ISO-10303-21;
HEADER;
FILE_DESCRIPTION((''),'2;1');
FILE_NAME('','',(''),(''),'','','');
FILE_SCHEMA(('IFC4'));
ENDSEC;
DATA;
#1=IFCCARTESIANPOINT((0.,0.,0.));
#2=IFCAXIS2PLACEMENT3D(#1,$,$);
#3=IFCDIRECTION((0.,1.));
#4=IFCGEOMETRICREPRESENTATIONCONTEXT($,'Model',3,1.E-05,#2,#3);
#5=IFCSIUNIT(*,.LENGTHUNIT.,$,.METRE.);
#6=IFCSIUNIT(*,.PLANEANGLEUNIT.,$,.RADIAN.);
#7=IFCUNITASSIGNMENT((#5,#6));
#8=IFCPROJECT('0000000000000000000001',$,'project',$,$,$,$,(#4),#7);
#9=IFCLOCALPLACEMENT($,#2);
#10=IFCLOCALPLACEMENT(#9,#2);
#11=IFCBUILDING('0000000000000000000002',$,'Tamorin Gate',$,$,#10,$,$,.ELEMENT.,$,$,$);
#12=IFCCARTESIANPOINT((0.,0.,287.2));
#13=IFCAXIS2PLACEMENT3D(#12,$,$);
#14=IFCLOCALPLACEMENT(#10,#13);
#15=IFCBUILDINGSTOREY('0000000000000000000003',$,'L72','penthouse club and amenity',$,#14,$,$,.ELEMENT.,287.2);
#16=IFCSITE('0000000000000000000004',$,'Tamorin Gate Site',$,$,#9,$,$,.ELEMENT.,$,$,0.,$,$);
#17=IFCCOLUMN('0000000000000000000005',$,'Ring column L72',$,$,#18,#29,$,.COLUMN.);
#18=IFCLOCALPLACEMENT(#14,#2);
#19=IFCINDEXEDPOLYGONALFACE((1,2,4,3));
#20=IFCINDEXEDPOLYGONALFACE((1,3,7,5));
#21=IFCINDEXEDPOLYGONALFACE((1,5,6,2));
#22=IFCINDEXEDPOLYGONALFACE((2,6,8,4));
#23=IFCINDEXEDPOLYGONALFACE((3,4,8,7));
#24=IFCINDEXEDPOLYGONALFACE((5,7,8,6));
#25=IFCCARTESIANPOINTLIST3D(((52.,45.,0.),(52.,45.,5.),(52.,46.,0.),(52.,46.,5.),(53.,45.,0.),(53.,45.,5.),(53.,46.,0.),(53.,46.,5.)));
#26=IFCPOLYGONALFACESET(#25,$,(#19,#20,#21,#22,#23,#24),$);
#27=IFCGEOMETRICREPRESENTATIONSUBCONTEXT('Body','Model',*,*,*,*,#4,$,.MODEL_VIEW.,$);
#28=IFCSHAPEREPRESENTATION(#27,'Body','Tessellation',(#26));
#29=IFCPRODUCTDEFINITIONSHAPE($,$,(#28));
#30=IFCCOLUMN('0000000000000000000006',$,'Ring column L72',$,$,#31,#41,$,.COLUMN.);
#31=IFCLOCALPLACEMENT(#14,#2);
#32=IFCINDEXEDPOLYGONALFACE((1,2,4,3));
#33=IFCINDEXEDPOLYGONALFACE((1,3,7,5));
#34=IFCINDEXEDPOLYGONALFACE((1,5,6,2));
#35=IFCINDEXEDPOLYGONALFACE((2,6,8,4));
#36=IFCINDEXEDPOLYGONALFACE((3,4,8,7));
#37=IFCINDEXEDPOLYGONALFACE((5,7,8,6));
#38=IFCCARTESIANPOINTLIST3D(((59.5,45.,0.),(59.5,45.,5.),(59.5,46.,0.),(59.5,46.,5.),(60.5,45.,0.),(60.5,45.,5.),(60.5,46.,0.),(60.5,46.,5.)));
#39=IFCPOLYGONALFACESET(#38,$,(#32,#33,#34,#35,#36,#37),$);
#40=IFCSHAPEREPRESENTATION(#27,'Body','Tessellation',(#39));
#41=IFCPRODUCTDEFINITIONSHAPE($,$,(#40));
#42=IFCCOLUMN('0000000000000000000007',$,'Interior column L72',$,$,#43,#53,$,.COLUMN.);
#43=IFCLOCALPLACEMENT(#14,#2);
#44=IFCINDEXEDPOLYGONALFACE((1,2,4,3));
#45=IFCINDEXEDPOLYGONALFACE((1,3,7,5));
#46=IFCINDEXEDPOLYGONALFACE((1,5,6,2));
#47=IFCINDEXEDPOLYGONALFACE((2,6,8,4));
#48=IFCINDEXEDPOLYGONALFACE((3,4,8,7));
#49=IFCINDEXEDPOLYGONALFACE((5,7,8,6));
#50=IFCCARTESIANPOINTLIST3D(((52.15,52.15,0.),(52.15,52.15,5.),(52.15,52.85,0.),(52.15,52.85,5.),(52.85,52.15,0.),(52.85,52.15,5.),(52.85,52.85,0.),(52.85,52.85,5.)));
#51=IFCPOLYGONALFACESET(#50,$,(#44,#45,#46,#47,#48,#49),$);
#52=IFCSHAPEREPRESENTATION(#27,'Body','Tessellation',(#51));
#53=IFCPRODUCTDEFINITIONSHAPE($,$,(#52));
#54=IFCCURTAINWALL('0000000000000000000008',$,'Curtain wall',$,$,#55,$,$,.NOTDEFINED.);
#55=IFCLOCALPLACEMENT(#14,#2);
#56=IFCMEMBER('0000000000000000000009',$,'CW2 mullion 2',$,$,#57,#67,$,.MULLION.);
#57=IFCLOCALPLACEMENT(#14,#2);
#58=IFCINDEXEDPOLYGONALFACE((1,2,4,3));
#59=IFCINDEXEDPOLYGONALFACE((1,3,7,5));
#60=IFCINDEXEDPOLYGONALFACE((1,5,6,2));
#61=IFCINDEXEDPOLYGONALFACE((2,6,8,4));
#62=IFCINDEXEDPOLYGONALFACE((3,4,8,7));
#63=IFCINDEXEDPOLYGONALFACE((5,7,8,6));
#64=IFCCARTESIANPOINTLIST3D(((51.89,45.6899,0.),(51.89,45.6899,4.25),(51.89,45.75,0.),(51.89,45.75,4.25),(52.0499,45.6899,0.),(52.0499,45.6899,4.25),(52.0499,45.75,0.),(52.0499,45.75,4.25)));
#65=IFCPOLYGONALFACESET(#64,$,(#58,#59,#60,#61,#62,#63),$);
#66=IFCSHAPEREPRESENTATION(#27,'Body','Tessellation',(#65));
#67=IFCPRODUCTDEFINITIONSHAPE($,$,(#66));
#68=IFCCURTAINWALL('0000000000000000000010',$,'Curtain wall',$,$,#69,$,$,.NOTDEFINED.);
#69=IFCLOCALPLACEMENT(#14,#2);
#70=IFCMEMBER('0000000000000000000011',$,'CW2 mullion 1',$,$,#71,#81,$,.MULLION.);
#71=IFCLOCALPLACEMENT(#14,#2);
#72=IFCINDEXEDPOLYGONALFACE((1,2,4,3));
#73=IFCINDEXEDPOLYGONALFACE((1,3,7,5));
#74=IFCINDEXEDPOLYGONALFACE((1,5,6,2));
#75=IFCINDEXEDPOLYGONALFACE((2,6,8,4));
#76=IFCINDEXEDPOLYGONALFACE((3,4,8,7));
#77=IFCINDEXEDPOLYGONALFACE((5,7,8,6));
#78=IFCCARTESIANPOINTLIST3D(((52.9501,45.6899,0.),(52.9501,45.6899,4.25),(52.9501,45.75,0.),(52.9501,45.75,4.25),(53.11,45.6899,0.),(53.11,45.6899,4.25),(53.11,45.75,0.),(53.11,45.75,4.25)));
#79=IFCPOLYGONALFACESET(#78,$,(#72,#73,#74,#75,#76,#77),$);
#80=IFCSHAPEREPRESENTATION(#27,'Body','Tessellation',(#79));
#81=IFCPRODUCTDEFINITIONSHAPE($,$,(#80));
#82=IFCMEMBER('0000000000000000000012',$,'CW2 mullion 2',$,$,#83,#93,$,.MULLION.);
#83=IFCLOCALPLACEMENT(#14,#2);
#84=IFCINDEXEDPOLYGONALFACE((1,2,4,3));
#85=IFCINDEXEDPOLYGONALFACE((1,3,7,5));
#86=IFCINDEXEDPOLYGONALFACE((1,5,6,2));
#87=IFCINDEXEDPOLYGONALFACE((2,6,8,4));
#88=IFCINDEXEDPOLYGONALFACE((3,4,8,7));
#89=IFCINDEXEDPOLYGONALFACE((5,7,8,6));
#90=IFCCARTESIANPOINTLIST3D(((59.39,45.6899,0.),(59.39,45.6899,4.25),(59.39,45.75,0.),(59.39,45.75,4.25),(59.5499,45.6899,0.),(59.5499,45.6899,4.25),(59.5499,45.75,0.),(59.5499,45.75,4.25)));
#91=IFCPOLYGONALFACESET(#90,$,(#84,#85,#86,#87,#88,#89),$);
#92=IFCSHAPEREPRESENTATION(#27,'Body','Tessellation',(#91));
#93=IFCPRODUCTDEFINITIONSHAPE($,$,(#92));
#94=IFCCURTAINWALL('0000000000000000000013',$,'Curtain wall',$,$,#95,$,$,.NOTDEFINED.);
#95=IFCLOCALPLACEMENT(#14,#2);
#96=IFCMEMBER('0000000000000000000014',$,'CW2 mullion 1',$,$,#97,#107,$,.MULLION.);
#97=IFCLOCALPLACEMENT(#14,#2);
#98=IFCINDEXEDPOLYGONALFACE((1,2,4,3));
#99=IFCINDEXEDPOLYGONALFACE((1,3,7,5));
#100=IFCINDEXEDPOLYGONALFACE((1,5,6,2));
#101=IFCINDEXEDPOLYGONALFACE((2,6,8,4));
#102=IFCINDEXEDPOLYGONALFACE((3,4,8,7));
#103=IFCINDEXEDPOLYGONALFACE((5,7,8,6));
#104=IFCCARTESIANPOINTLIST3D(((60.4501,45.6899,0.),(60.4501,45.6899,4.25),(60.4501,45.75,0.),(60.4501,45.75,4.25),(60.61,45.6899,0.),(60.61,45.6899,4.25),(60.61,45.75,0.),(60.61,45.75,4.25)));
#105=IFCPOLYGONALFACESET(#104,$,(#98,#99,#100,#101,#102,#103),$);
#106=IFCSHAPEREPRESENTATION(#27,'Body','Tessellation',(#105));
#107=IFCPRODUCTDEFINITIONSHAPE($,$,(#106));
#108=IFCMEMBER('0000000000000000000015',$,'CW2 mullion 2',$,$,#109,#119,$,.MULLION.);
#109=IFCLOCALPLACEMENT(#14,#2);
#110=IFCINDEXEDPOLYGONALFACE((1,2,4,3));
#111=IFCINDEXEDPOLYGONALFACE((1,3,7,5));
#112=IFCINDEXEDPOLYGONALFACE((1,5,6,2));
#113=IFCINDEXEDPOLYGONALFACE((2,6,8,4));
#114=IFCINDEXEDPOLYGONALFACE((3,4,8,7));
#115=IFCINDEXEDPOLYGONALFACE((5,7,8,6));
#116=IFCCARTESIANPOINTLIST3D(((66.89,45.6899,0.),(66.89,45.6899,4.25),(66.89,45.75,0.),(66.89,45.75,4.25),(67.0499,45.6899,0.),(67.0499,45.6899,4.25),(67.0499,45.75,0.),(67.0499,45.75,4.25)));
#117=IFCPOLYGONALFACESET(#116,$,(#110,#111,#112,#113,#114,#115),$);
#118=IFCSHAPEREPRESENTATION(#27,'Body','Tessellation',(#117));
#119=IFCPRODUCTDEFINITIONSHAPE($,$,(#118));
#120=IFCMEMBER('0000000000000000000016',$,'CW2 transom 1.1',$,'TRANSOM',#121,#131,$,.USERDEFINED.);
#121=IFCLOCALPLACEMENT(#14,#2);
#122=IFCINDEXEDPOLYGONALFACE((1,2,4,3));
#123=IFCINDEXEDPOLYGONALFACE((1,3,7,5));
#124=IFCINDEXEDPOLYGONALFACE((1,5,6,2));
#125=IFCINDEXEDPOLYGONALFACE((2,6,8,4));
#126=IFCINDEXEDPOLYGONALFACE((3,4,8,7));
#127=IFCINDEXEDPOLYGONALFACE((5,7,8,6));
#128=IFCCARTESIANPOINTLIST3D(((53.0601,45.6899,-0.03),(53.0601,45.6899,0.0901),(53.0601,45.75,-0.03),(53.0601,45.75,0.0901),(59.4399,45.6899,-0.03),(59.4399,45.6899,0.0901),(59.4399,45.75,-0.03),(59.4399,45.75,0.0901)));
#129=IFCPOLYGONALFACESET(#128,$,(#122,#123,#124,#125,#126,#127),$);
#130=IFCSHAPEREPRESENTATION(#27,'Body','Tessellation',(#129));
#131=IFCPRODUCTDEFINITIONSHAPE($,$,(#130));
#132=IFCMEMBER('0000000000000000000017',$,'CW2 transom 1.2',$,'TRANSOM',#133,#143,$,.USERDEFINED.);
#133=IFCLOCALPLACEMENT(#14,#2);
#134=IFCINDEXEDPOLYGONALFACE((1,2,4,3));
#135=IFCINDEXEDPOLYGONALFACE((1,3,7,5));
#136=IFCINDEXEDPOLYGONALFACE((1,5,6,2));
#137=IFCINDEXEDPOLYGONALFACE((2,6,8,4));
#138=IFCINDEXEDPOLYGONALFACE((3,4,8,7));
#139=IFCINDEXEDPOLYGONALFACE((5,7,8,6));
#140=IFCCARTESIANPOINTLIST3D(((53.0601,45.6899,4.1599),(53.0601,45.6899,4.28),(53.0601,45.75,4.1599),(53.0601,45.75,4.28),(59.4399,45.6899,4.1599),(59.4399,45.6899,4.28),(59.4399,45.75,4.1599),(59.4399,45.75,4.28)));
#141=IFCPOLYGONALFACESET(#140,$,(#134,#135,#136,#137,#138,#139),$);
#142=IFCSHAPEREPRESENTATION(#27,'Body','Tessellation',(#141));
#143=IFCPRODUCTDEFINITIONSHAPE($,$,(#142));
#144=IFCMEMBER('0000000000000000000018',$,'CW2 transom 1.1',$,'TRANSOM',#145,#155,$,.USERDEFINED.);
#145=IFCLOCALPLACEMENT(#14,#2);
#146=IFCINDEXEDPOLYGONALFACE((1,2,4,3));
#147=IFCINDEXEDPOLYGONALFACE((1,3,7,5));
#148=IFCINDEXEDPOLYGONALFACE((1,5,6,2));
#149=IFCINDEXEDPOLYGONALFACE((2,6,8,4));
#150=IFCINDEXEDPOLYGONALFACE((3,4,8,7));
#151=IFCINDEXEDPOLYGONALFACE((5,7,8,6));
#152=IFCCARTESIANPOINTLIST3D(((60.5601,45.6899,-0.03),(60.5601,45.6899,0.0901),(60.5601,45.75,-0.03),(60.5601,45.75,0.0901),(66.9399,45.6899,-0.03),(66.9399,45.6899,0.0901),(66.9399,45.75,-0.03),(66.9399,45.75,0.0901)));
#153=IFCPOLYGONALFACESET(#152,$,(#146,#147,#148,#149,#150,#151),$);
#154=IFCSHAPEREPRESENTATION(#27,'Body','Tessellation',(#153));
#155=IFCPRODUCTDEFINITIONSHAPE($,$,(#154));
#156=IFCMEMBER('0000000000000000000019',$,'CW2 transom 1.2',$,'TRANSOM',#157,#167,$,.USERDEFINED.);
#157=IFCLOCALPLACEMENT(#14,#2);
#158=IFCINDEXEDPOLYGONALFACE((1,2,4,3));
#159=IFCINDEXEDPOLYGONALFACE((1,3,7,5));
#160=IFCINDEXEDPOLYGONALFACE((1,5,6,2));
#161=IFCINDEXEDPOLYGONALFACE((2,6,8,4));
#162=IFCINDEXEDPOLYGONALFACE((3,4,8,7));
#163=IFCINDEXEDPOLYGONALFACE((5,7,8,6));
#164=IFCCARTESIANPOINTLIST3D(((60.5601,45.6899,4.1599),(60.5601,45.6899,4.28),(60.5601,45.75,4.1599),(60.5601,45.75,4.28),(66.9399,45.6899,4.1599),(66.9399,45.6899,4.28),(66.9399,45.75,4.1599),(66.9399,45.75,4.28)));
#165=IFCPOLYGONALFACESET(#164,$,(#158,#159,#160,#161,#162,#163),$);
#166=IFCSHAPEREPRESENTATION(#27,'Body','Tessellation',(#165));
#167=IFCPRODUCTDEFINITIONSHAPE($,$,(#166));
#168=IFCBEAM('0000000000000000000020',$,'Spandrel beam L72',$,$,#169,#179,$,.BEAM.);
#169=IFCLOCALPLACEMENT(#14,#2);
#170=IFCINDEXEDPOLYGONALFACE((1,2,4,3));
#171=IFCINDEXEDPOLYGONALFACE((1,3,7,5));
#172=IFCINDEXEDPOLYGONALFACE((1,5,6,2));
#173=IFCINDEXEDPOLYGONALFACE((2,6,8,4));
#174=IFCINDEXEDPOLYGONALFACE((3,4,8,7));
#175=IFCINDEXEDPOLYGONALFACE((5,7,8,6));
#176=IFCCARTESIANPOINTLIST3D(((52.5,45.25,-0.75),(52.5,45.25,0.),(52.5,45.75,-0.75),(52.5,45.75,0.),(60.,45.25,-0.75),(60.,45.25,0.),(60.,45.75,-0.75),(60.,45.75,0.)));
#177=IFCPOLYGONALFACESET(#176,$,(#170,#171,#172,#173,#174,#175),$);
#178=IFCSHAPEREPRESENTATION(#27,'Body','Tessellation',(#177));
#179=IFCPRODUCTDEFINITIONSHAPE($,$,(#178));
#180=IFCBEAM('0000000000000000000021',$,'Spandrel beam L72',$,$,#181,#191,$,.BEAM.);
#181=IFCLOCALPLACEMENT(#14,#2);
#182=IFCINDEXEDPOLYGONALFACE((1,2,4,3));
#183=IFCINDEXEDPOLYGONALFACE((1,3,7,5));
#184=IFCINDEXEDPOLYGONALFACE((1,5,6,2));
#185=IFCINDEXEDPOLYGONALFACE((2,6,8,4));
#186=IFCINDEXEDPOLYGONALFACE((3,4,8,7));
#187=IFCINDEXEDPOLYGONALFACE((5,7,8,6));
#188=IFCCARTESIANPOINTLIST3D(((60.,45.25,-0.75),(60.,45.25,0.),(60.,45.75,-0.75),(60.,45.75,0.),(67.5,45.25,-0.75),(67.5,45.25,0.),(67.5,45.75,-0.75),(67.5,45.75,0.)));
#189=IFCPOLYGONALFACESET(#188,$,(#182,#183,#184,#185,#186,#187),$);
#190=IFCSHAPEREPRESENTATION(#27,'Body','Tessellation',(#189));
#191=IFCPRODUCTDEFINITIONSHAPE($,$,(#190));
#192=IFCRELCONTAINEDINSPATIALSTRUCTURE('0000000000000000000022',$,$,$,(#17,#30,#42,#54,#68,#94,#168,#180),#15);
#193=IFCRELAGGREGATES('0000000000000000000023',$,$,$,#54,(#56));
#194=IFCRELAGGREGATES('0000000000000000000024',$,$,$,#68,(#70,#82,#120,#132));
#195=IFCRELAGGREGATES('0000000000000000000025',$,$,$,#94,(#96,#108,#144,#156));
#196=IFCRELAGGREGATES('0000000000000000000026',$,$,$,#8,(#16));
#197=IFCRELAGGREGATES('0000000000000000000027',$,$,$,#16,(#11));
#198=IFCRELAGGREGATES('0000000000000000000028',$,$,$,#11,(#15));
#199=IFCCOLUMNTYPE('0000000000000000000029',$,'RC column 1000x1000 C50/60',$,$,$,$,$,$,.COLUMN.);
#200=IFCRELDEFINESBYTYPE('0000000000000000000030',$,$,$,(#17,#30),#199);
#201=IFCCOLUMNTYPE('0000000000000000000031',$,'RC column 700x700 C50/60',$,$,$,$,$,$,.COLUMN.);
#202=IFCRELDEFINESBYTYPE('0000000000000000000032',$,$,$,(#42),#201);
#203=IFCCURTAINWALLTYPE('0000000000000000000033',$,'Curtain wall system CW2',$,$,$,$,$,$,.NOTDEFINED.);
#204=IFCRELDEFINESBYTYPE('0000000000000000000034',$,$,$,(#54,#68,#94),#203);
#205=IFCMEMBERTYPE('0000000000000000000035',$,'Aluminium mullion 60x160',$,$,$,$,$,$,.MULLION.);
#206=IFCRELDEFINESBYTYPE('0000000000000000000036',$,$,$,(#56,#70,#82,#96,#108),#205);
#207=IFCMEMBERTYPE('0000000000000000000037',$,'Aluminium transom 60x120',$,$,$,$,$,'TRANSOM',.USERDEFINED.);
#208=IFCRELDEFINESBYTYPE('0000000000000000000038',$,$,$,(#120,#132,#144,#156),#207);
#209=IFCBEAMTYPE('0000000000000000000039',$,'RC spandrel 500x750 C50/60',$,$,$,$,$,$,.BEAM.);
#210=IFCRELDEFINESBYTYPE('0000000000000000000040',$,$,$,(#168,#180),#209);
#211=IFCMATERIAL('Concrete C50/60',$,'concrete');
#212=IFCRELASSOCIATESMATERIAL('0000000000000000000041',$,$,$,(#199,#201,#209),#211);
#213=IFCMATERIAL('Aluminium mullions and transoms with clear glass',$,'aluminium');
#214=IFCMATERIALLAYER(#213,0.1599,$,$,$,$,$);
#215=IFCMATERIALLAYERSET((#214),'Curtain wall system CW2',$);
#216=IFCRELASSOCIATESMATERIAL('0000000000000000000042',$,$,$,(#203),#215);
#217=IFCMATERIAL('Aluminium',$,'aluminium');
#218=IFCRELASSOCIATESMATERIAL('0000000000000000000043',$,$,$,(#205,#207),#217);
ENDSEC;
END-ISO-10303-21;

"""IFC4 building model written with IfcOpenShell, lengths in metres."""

from ifc_helpers import new_model, si_unit, direction, frame, origin, origin_2d, place, context, subcontext, project, spatial, rectangle, extrude, material, layer, layer_set, material_profile, profile_set, type_object, element, aggregate, save


model = new_model("IFC4")

# Units and contexts
model_context = context("Model", 3, precision=1e-05, world=origin(), true_north=direction((0.0, 1.0)))
body_context = subcontext(model_context, "Body", "Model", "MODEL_VIEW")
ifc_project = project(units=[si_unit("LENGTHUNIT", "METRE"), si_unit("PLANEANGLEUNIT", "RADIAN")], contexts=[model_context])

# Site, building, storey
site_placement = place(None, origin())
site = spatial("IfcSite", under=ifc_project, at=site_placement, Name="Tamorin Gate Site", CompositionType="ELEMENT", RefElevation=0.0)
building_placement = place(site_placement, origin())
building = spatial("IfcBuilding", under=site, at=building_placement, Name="Tamorin Gate", CompositionType="ELEMENT")
storey_placement = place(building_placement, frame((0.0, 0.0, 287.2)))
storey = spatial("IfcBuildingStorey", under=building, at=storey_placement, Name="L72", Description="penthouse club and amenity", CompositionType="ELEMENT", Elevation=287.2)

# Columns
ifc_material_1 = material(Name="Concrete C50/60", Category="concrete")
ifc_material_profile_1 = material_profile(ifc_material_1, rectangle(XDim=1.0, YDim=1.0, at=origin_2d()), Name="RC 1000x1000")
ifc_profile_set_1 = profile_set([ifc_material_profile_1], Name="Concrete C50/60")
column_type_1 = type_object("IfcColumnType", Name="RC column 1000x1000 C50/60", PredefinedType="COLUMN", material=ifc_profile_set_1)
for number, where, z_axis, x_axis, name in (
    (1, (52.5, 45.5, 0.0), (0.0, 0.0, 1.0), (1.0, 0.0, 0.0), "Ring column L72"),
    (2, (60.0, 45.5, 0.0), (0.0, 0.0, 1.0), (1.0, 0.0, 0.0), "Ring column L72"),
):
    element("IfcColumn", number, at=place(storey_placement, frame(where, z_axis=z_axis, x_axis=x_axis)), inside=storey, type_object=column_type_1, Name=name, PredefinedType="COLUMN", context=body_context, shape_type="SweptSolid", body=[
        extrude(rectangle(XDim=1.0, YDim=1.0, at=origin_2d()), origin(), (0.0, 0.0, 1.0), 5.0),
    ])
ifc_material_profile_2 = material_profile(ifc_material_1, rectangle(XDim=0.7, YDim=0.7, at=origin_2d()), Name="RC 700x700")
ifc_profile_set_2 = profile_set([ifc_material_profile_2], Name="Concrete C50/60")
column_type_2 = type_object("IfcColumnType", Name="RC column 700x700 C50/60", PredefinedType="COLUMN", material=ifc_profile_set_2)
column_placement = place(storey_placement, frame((52.5, 52.5, 0.0), z_axis=(0.0, 0.0, 1.0), x_axis=(1.0, 0.0, 0.0)))
element("IfcColumn", 3, at=column_placement, inside=storey, type_object=column_type_2, Name="Interior column L72", PredefinedType="COLUMN", context=body_context, shape_type="SweptSolid", body=[
    extrude(rectangle(XDim=0.7, YDim=0.7, at=origin_2d()), origin(), (0.0, 0.0, 1.0), 5.0),
])

# Curtain wall, member
ifc_material_2 = material(Name="Aluminium mullions and transoms with clear glass", Category="aluminium")
ifc_layer_1 = layer(ifc_material_2, 0.1599)
ifc_layer_set_1 = layer_set([ifc_layer_1], Name="Curtain wall system CW2")
curtain_wall_type = type_object("IfcCurtainWallType", Name="Curtain wall system CW2", PredefinedType="NOTDEFINED", material=ifc_layer_set_1)
curtain_wall_1_placement = place(storey_placement, origin())
curtain_wall_1 = element("IfcCurtainWall", 4, at=curtain_wall_1_placement, inside=storey, type_object=curtain_wall_type, Name="Curtain wall", PredefinedType="NOTDEFINED")
ifc_material_3 = material(Name="Aluminium", Category="aluminium")
ifc_material_profile_3 = material_profile(ifc_material_3, rectangle(XDim=0.0601, YDim=0.1599, at=origin_2d()), Name="RECT 60x160")
ifc_profile_set_3 = profile_set([ifc_material_profile_3], Name="Aluminium")
member_type_1 = type_object("IfcMemberType", Name="Aluminium mullion 60x160", PredefinedType="MULLION", material=ifc_profile_set_3)
member_1_placement = place(storey_placement, frame((51.97, 45.72, 0.0), z_axis=(0.0, 0.0, 1.0), x_axis=(0.0, 1.0, 0.0)))
member_1 = element("IfcMember", 5, at=member_1_placement, type_object=member_type_1, Name="CW2 mullion 2", PredefinedType="MULLION", context=body_context, shape_type="SweptSolid", body=[
    extrude(rectangle(XDim=0.0601, YDim=0.1599, at=origin_2d()), origin(), (0.0, 0.0, 1.0), 4.25),
])
aggregate(curtain_wall_1, [member_1])

# Curtain walls, members
curtain_wall_2_placement = place(storey_placement, origin())
curtain_wall_2 = element("IfcCurtainWall", 6, at=curtain_wall_2_placement, inside=storey, type_object=curtain_wall_type, Name="Curtain wall", PredefinedType="NOTDEFINED")
member_2_placement = place(storey_placement, frame((53.03, 45.72, 0.0), z_axis=(0.0, 0.0, 1.0), x_axis=(0.0, 1.0, 0.0)))
member_2 = element("IfcMember", 7, at=member_2_placement, type_object=member_type_1, Name="CW2 mullion 1", PredefinedType="MULLION", context=body_context, shape_type="SweptSolid", body=[
    extrude(rectangle(XDim=0.0601, YDim=0.1599, at=origin_2d()), origin(), (0.0, 0.0, 1.0), 4.25),
])
member_3_placement = place(storey_placement, frame((59.47, 45.72, 0.0), z_axis=(0.0, 0.0, 1.0), x_axis=(0.0, 1.0, 0.0)))
member_3 = element("IfcMember", 8, at=member_3_placement, type_object=member_type_1, Name="CW2 mullion 2", PredefinedType="MULLION", context=body_context, shape_type="SweptSolid", body=[
    extrude(rectangle(XDim=0.0601, YDim=0.1599, at=origin_2d()), origin(), (0.0, 0.0, 1.0), 4.25),
])
curtain_wall_3_placement = place(storey_placement, origin())
curtain_wall_3 = element("IfcCurtainWall", 9, at=curtain_wall_3_placement, inside=storey, type_object=curtain_wall_type, Name="Curtain wall", PredefinedType="NOTDEFINED")
member_4_placement = place(storey_placement, frame((60.53, 45.72, 0.0), z_axis=(0.0, 0.0, 1.0), x_axis=(0.0, 1.0, 0.0)))
member_4 = element("IfcMember", 10, at=member_4_placement, type_object=member_type_1, Name="CW2 mullion 1", PredefinedType="MULLION", context=body_context, shape_type="SweptSolid", body=[
    extrude(rectangle(XDim=0.0601, YDim=0.1599, at=origin_2d()), origin(), (0.0, 0.0, 1.0), 4.25),
])
member_5_placement = place(storey_placement, frame((66.97, 45.72, 0.0), z_axis=(0.0, 0.0, 1.0), x_axis=(0.0, 1.0, 0.0)))
member_5 = element("IfcMember", 11, at=member_5_placement, type_object=member_type_1, Name="CW2 mullion 2", PredefinedType="MULLION", context=body_context, shape_type="SweptSolid", body=[
    extrude(rectangle(XDim=0.0601, YDim=0.1599, at=origin_2d()), origin(), (0.0, 0.0, 1.0), 4.25),
])

# Members
ifc_material_profile_4 = material_profile(ifc_material_3, rectangle(XDim=0.0601, YDim=0.1201, at=origin_2d()), Name="RECT 60x120")
ifc_profile_set_4 = profile_set([ifc_material_profile_4], Name="Aluminium")
member_type_2 = type_object("IfcMemberType", Name="Aluminium transom 60x120", ElementType="TRANSOM", PredefinedType="USERDEFINED", material=ifc_profile_set_4)
member_6_placement = place(storey_placement, frame((53.0601, 45.72, 0.03), z_axis=(1.0, 0.0, 0.0), x_axis=(0.0, 1.0, 0.0)))
member_6 = element("IfcMember", 12, at=member_6_placement, type_object=member_type_2, Name="CW2 transom 1.1", ObjectType="TRANSOM", PredefinedType="USERDEFINED", context=body_context, shape_type="SweptSolid", body=[
    extrude(rectangle(XDim=0.0601, YDim=0.1201, at=origin_2d()), origin(), (0.0, 0.0, 1.0), 6.3799),
])
member_7_placement = place(storey_placement, frame((53.0601, 45.72, 4.22), z_axis=(1.0, 0.0, 0.0), x_axis=(0.0, 1.0, 0.0)))
member_7 = element("IfcMember", 13, at=member_7_placement, type_object=member_type_2, Name="CW2 transom 1.2", ObjectType="TRANSOM", PredefinedType="USERDEFINED", context=body_context, shape_type="SweptSolid", body=[
    extrude(rectangle(XDim=0.0601, YDim=0.1201, at=origin_2d()), origin(), (0.0, 0.0, 1.0), 6.3799),
])
member_8_placement = place(storey_placement, frame((60.5601, 45.72, 0.03), z_axis=(1.0, 0.0, 0.0), x_axis=(0.0, 1.0, 0.0)))
member_8 = element("IfcMember", 14, at=member_8_placement, type_object=member_type_2, Name="CW2 transom 1.1", ObjectType="TRANSOM", PredefinedType="USERDEFINED", context=body_context, shape_type="SweptSolid", body=[
    extrude(rectangle(XDim=0.0601, YDim=0.1201, at=origin_2d()), origin(), (0.0, 0.0, 1.0), 6.3799),
])
member_9_placement = place(storey_placement, frame((60.5601, 45.72, 4.22), z_axis=(1.0, 0.0, 0.0), x_axis=(0.0, 1.0, 0.0)))
member_9 = element("IfcMember", 15, at=member_9_placement, type_object=member_type_2, Name="CW2 transom 1.2", ObjectType="TRANSOM", PredefinedType="USERDEFINED", context=body_context, shape_type="SweptSolid", body=[
    extrude(rectangle(XDim=0.0601, YDim=0.1201, at=origin_2d()), origin(), (0.0, 0.0, 1.0), 6.3799),
])

# Beams
ifc_material_profile_5 = material_profile(ifc_material_1, rectangle(XDim=0.5, YDim=0.75, at=origin_2d()), Name="RC 500x750")
ifc_profile_set_5 = profile_set([ifc_material_profile_5], Name="Concrete C50/60")
beam_type = type_object("IfcBeamType", Name="RC spandrel 500x750 C50/60", PredefinedType="BEAM", material=ifc_profile_set_5)
for number, where, z_axis, x_axis, name in (
    (16, (52.5, 45.5, -0.375), (1.0, 0.0, 0.0), (0.0, 1.0, 0.0), "Spandrel beam L72"),
    (17, (60.0, 45.5, -0.375), (1.0, 0.0, 0.0), (0.0, 1.0, 0.0), "Spandrel beam L72"),
):
    element("IfcBeam", number, at=place(storey_placement, frame(where, z_axis=z_axis, x_axis=x_axis)), inside=storey, type_object=beam_type, Name=name, PredefinedType="BEAM", context=body_context, shape_type="SweptSolid", body=[
        extrude(rectangle(XDim=0.5, YDim=0.75, at=origin_2d()), origin(), (0.0, 0.0, 1.0), 7.5),
    ])

aggregate(curtain_wall_2, [member_2, member_3, member_6, member_7])
aggregate(curtain_wall_3, [member_4, member_5, member_8, member_9])

save(model, "model.ifc")
